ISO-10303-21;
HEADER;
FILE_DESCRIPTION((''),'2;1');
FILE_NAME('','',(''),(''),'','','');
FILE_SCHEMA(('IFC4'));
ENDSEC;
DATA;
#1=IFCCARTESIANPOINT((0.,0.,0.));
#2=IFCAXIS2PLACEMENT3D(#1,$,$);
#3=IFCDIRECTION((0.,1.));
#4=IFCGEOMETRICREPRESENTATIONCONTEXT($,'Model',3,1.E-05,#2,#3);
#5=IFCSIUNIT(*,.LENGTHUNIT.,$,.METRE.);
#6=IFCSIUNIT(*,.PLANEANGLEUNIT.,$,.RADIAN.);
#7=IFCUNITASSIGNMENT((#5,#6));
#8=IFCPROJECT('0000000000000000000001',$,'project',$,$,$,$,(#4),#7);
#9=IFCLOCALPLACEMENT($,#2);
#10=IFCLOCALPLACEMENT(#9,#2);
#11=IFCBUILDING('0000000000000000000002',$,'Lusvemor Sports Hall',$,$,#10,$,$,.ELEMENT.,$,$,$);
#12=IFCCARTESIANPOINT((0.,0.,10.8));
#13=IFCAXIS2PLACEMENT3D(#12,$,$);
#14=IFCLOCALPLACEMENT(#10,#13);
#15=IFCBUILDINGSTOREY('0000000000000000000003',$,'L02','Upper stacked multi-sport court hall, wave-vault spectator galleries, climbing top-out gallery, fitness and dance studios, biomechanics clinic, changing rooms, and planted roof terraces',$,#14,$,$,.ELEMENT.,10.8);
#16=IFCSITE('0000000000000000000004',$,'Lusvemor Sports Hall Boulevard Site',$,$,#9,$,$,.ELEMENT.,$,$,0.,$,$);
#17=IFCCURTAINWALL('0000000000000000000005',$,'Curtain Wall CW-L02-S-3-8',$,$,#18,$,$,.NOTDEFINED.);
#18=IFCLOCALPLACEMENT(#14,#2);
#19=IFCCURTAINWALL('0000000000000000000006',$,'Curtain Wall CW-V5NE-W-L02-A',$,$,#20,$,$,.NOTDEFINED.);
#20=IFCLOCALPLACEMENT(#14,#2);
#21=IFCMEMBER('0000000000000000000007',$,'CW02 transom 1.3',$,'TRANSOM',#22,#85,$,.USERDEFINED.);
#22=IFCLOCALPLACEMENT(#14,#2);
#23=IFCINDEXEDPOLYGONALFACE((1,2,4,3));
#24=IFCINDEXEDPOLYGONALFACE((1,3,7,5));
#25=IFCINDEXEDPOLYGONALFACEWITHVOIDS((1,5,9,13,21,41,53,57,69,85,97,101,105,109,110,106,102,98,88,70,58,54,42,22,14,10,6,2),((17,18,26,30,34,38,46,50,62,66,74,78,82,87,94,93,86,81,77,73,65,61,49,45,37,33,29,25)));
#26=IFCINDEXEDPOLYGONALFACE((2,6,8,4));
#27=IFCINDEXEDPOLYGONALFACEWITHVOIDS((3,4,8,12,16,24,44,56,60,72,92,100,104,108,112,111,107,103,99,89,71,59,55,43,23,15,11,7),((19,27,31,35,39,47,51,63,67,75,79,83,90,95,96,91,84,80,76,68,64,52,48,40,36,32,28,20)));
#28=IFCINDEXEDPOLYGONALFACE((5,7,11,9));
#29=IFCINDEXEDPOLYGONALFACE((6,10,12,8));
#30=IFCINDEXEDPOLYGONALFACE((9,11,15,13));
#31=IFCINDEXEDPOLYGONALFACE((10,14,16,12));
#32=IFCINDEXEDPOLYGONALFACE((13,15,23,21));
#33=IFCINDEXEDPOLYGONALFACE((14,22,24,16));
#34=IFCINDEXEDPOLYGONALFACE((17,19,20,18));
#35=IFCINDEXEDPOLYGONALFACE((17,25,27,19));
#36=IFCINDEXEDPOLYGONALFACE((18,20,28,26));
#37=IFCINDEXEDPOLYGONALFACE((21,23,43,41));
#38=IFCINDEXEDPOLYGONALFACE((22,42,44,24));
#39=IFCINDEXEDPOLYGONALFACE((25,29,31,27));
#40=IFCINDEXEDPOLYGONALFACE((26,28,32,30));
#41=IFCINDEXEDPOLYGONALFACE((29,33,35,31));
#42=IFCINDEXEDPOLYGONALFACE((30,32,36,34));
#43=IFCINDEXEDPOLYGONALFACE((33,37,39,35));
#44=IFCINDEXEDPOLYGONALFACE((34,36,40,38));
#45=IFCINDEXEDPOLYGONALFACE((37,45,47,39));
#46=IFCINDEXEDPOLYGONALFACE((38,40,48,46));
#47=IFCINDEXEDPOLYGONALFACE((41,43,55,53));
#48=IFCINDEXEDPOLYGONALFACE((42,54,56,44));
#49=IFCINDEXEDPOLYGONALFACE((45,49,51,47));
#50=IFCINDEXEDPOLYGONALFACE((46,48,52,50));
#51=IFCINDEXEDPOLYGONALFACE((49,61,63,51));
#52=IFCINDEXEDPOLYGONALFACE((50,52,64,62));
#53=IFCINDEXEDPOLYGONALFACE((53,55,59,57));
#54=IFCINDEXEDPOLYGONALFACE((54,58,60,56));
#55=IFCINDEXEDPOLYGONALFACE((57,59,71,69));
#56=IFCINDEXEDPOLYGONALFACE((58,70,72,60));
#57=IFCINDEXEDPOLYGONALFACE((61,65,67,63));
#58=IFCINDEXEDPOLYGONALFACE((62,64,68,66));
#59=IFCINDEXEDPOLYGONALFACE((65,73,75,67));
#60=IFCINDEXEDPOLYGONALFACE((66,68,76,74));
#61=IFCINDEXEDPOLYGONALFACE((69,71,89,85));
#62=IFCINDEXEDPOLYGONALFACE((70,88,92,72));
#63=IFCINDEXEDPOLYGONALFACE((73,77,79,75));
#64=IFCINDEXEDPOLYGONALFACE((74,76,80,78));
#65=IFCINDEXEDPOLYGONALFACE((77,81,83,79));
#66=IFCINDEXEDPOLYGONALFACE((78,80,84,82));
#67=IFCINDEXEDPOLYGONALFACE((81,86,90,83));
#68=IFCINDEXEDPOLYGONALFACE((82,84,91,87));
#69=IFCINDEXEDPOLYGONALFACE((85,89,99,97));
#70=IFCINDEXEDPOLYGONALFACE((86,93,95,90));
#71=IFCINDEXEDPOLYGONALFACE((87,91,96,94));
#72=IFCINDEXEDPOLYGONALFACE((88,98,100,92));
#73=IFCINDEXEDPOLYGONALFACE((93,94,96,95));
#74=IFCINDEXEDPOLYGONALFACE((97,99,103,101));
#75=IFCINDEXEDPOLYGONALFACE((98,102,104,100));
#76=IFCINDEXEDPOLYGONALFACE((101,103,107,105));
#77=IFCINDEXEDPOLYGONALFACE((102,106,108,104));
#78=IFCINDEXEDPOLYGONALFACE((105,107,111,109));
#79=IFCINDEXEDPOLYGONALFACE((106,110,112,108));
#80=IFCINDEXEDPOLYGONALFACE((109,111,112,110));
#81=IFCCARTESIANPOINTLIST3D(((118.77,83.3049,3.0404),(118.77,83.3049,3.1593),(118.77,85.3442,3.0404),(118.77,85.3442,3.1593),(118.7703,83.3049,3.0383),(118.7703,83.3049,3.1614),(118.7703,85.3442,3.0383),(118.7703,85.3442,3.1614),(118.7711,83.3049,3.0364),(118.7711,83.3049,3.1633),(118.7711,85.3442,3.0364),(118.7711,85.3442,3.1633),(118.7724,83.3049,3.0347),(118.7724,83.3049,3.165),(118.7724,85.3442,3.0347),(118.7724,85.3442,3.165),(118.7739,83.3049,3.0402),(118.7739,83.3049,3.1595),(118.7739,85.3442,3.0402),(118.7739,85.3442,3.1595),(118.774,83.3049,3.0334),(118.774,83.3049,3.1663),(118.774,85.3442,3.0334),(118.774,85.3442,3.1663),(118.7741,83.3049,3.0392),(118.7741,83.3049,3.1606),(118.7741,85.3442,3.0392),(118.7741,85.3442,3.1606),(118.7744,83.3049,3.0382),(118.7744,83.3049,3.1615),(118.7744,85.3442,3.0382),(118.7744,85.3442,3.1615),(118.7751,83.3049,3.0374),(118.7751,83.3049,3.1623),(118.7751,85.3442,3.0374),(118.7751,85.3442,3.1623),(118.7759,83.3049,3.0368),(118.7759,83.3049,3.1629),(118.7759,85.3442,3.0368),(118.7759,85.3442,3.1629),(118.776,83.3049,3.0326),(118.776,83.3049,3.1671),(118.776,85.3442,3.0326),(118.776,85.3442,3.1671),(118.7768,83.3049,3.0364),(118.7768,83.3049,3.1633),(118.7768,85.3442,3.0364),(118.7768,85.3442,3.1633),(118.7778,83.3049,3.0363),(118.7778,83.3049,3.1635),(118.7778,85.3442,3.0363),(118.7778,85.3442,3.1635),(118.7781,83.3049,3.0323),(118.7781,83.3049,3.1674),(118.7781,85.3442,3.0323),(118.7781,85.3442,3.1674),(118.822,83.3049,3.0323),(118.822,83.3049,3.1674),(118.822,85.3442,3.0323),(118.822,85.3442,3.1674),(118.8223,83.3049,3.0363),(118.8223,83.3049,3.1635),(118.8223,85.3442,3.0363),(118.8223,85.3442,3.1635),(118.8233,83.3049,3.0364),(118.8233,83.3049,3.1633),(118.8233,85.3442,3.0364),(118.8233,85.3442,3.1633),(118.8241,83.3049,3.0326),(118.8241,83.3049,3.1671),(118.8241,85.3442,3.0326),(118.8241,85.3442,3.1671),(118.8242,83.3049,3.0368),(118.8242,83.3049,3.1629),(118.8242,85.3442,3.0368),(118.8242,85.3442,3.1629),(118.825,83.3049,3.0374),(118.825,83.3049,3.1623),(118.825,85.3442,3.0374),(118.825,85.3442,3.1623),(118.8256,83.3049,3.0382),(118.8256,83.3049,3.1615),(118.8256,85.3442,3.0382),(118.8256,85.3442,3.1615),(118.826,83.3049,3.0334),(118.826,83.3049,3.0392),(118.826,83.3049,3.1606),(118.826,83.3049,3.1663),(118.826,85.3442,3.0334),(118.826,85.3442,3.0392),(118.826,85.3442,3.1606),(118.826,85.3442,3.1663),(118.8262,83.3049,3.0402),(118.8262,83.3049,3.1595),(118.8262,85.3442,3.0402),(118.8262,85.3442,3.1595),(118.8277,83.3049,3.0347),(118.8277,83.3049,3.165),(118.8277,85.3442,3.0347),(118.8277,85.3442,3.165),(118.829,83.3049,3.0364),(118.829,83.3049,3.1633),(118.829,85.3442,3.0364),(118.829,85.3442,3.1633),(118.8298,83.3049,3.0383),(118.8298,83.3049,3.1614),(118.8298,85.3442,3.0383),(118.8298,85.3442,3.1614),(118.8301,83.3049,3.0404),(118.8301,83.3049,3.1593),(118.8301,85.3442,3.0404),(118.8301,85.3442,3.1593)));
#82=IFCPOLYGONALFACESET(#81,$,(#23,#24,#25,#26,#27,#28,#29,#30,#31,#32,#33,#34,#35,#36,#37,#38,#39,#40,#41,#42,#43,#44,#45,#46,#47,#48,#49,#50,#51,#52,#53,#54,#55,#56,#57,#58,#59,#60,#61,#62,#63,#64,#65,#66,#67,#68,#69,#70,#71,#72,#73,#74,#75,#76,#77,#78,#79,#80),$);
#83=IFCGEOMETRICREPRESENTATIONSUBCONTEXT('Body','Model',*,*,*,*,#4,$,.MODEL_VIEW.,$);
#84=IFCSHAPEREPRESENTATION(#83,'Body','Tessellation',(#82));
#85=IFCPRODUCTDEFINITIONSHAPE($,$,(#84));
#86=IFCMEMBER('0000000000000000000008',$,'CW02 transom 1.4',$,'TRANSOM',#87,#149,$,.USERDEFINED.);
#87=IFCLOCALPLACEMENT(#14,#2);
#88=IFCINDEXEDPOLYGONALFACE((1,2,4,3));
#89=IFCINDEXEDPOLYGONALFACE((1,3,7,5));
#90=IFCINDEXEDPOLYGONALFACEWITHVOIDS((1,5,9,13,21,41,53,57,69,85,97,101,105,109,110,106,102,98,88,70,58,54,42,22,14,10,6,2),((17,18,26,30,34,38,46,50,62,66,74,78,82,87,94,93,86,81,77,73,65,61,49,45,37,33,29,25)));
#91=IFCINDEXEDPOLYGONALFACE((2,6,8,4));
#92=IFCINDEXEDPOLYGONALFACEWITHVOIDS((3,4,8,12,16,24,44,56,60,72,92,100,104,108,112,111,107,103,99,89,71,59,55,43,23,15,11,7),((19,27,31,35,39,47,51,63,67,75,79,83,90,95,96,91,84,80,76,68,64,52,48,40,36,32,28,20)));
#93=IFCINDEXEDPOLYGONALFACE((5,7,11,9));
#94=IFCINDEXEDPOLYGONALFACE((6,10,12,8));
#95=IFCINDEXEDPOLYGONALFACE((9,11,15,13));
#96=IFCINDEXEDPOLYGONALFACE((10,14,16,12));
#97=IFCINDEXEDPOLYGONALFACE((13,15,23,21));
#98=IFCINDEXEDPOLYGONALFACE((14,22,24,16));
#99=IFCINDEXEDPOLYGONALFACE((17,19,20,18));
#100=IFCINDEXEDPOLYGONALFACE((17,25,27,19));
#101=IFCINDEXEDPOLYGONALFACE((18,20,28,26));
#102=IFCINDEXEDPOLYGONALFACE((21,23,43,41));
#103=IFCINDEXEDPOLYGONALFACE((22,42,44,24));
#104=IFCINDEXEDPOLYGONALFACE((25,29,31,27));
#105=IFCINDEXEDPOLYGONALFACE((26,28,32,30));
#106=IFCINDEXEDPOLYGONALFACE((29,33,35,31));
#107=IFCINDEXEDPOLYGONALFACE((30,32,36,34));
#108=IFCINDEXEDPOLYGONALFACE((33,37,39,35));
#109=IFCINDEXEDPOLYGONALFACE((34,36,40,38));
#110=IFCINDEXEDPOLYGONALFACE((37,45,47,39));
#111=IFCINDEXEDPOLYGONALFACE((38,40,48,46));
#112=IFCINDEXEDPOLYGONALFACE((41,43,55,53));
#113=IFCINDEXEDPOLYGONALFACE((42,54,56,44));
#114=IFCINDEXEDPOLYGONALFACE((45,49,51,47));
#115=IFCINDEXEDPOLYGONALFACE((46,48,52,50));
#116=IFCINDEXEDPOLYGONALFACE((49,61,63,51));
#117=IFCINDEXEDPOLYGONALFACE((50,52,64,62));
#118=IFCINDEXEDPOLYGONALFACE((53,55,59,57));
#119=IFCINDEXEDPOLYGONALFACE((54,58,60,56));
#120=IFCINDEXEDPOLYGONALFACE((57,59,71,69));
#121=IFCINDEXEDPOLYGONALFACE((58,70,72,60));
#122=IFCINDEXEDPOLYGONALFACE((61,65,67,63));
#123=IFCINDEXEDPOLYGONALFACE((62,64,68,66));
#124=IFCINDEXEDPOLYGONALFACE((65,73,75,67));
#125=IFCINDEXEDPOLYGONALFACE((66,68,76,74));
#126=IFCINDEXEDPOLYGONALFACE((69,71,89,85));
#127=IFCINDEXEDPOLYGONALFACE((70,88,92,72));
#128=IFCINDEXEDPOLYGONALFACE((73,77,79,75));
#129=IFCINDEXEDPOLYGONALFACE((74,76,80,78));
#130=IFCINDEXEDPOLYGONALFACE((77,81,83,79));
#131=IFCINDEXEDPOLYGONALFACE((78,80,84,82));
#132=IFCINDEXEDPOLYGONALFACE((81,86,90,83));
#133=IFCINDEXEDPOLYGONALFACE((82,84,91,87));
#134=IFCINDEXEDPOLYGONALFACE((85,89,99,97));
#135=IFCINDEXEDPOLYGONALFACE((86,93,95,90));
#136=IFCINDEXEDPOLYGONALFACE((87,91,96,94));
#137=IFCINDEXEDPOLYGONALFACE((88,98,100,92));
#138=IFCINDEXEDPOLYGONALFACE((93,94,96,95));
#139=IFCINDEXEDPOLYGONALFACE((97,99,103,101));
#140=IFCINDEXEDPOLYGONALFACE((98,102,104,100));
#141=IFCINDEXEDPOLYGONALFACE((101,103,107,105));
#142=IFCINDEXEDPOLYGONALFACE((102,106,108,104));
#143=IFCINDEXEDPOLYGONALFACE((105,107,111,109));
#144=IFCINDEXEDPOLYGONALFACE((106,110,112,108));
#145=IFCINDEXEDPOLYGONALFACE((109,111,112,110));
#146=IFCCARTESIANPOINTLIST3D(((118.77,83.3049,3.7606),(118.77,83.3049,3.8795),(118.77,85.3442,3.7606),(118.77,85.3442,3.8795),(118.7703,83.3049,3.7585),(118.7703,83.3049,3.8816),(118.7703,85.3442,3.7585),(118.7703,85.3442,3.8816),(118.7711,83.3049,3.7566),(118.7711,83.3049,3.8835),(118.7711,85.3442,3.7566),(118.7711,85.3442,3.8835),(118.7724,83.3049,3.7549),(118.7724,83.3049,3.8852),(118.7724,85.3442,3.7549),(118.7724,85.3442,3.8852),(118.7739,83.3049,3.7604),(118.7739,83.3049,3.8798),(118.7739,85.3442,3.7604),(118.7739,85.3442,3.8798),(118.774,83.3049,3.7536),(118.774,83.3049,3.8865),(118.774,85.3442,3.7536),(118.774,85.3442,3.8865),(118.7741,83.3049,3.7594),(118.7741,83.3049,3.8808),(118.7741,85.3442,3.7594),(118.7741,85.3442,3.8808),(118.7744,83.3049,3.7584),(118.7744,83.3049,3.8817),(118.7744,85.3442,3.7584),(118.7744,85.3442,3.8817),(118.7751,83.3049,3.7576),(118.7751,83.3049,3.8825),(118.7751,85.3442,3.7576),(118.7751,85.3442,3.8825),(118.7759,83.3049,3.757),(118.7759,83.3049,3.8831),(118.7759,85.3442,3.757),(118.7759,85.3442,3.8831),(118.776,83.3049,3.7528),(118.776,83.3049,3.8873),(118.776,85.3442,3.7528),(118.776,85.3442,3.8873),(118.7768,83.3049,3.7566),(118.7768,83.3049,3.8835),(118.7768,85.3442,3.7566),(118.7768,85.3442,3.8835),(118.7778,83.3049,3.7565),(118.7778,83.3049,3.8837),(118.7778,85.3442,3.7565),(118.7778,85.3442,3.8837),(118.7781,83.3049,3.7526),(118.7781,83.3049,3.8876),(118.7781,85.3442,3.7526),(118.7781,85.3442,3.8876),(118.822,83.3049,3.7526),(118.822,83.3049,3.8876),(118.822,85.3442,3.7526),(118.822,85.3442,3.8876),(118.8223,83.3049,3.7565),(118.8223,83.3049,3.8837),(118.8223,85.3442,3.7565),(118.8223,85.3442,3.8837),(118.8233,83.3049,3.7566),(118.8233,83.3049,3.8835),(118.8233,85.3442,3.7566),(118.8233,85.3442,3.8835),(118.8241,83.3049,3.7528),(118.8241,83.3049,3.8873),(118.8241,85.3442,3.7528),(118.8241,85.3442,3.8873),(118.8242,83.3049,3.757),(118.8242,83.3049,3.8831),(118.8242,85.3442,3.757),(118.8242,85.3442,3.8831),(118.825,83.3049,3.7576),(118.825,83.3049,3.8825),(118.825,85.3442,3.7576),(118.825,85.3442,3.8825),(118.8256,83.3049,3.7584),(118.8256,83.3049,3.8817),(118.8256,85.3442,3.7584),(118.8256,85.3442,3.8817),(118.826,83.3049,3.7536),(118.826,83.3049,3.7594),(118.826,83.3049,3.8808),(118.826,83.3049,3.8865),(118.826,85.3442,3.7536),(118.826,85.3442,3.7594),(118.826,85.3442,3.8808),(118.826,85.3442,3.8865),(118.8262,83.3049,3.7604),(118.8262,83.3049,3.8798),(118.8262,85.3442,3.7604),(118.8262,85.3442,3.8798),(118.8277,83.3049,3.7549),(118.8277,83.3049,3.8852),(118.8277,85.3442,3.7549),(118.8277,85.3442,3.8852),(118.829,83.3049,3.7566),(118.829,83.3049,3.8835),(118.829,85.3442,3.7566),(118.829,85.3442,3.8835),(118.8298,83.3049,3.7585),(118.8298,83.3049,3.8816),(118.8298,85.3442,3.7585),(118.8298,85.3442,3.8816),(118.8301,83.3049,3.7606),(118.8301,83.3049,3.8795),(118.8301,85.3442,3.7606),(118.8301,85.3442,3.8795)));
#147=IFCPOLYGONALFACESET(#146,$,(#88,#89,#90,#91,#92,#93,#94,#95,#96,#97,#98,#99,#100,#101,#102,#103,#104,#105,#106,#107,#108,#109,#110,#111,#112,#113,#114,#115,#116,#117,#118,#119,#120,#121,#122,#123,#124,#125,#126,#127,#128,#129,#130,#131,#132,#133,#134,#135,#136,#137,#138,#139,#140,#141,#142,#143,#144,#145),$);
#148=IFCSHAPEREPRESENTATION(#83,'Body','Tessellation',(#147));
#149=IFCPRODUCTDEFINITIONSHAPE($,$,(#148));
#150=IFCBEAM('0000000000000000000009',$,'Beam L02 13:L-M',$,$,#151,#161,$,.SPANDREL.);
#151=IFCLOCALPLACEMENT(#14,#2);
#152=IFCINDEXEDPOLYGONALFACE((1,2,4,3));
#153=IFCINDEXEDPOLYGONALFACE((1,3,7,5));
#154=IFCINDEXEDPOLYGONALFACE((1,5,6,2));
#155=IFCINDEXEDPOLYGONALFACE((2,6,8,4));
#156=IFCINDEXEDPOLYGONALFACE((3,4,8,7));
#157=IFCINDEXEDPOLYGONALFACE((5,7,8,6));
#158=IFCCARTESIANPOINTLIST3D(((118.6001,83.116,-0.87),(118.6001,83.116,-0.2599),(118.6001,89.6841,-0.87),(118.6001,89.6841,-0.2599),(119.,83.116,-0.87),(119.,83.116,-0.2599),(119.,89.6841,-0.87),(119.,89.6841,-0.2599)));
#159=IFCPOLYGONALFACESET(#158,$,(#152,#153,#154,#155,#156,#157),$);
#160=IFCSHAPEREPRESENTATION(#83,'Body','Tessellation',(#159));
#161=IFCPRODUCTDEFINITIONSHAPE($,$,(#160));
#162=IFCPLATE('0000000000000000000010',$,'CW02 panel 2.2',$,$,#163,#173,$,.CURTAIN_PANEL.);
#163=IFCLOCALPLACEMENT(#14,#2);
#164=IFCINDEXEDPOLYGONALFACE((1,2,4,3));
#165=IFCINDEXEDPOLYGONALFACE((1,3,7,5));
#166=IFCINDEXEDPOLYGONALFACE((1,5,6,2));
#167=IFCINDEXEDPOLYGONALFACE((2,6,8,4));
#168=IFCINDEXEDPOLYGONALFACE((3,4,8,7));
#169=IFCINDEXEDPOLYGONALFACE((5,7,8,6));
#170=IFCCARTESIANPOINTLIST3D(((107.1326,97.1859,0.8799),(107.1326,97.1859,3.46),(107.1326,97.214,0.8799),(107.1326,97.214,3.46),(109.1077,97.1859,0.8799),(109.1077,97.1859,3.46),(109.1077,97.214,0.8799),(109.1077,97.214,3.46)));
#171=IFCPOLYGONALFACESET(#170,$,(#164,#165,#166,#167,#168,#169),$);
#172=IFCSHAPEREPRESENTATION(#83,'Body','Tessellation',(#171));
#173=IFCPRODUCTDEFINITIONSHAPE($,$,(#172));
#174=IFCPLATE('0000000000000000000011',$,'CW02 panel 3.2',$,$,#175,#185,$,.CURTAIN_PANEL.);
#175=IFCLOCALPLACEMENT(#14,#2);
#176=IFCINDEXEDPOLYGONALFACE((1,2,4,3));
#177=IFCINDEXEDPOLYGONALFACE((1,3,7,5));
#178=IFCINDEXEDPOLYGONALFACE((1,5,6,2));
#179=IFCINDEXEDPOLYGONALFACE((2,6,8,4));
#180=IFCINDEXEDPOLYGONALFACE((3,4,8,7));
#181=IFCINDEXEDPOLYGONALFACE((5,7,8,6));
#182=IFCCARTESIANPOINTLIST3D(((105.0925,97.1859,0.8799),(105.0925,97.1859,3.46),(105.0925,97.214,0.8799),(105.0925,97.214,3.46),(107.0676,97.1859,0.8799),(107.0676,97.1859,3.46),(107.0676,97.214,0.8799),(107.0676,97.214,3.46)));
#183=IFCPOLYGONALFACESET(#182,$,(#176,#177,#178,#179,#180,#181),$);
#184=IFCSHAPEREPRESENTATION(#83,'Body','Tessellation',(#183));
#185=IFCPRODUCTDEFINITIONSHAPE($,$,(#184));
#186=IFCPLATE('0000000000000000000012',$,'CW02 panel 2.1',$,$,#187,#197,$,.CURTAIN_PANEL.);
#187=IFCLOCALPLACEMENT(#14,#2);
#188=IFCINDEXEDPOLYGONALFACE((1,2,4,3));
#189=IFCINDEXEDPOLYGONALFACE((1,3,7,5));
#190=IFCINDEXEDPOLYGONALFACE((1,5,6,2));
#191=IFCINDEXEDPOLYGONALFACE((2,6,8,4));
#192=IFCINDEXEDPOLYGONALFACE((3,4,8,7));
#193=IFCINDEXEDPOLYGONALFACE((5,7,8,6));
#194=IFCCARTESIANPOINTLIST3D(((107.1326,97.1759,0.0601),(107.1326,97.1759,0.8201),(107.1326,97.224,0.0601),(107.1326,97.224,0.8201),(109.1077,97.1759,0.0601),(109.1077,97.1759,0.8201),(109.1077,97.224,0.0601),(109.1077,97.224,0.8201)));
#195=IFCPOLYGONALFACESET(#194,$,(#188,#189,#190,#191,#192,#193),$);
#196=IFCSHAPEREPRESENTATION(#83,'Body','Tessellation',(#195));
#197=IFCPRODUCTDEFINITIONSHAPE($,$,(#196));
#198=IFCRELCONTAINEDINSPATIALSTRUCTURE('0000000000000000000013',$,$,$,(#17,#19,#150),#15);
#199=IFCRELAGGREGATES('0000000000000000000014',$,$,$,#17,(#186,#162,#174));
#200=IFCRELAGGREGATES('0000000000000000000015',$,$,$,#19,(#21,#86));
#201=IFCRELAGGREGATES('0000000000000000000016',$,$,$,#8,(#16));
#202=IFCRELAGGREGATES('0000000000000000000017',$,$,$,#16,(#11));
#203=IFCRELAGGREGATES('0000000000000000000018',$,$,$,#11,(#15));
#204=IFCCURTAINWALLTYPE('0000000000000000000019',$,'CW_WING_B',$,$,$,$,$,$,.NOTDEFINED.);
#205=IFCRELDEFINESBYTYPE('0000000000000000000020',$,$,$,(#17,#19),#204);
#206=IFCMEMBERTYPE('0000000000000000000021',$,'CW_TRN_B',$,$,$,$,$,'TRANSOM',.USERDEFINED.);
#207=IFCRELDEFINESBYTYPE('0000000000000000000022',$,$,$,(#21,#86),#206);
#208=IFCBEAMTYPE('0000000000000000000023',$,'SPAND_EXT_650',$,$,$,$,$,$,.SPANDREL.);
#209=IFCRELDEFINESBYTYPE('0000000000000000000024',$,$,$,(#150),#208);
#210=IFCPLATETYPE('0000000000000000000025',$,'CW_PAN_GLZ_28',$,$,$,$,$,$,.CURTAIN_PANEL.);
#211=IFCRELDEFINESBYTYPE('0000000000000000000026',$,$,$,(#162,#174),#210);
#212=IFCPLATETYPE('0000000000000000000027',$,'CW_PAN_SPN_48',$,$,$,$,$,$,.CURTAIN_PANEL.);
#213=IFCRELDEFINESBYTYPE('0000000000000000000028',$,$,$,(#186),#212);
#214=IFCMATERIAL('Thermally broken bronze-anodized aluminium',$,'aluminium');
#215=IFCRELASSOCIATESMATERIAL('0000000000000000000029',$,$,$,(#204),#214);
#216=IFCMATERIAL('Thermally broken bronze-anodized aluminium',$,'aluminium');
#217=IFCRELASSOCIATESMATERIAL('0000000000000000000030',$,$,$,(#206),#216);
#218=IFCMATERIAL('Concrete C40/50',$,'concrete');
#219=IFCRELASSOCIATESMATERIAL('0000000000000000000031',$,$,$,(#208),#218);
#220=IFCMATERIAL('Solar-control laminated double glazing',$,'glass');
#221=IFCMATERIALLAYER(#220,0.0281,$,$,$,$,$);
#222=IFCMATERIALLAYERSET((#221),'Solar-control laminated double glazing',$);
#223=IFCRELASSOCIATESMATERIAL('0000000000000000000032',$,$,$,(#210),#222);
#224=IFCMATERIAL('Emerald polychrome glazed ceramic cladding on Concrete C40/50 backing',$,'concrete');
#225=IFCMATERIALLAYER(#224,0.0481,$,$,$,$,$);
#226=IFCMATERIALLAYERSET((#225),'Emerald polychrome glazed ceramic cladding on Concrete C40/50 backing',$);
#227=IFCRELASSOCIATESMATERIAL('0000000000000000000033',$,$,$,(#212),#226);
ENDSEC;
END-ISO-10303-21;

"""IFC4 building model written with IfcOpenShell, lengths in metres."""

from ifc_helpers import new_model, si_unit, direction, frame, origin, origin_2d, place, context, subcontext, project, spatial, rectangle, hollow_rectangle, extrude, material, layer, layer_set, material_profile, profile_set, type_object, element, aggregate, save


model = new_model("IFC4")

# Units and contexts
model_context = context("Model", 3, precision=1e-05, world=origin(), true_north=direction((0.0, 1.0)))
body_context = subcontext(model_context, "Body", "Model", "MODEL_VIEW")
ifc_project = project(units=[si_unit("LENGTHUNIT", "METRE"), si_unit("PLANEANGLEUNIT", "RADIAN")], contexts=[model_context])

# Site, building, storey
site_placement = place(None, origin())
site = spatial("IfcSite", under=ifc_project, at=site_placement, Name="Lusvemor Sports Hall Boulevard Site", CompositionType="ELEMENT", RefElevation=0.0)
building_placement = place(site_placement, origin())
building = spatial("IfcBuilding", under=site, at=building_placement, Name="Lusvemor Sports Hall", CompositionType="ELEMENT")
storey_placement = place(building_placement, frame((0.0, 0.0, 10.8)))
storey = spatial("IfcBuildingStorey", under=building, at=storey_placement, Name="L02", Description="Upper stacked multi-sport court hall, wave-vault spectator galleries, climbing top-out gallery, fitness and dance studios, biomechanics clinic, changing rooms, and planted roof terraces", CompositionType="ELEMENT", Elevation=10.8)

# Curtain walls
ifc_material_1 = material(Name="Thermally broken bronze-anodized aluminium", Category="aluminium")
curtain_wall_type = type_object("IfcCurtainWallType", Name="CW_WING_B", PredefinedType="NOTDEFINED", material=ifc_material_1)
curtain_wall_1_placement = place(storey_placement, origin())
curtain_wall_1 = element("IfcCurtainWall", 1, at=curtain_wall_1_placement, inside=storey, type_object=curtain_wall_type, Name="Curtain Wall CW-L02-S-3-8", PredefinedType="NOTDEFINED")
curtain_wall_2_placement = place(storey_placement, origin())
curtain_wall_2 = element("IfcCurtainWall", 2, at=curtain_wall_2_placement, inside=storey, type_object=curtain_wall_type, Name="Curtain Wall CW-V5NE-W-L02-A", PredefinedType="NOTDEFINED")

# Members
ifc_material_2 = material(Name="Thermally broken bronze-anodized aluminium", Category="aluminium")
ifc_material_profile_1 = material_profile(ifc_material_2, hollow_rectangle(XDim=0.0601, YDim=0.135, WallThickness=0.0039, InnerFilletRadius=0.0039, OuterFilletRadius=0.0081, at=origin_2d()), Name="CWTRN135x60x4")
ifc_profile_set_1 = profile_set([ifc_material_profile_1], Name="Thermally broken bronze-anodized aluminium")
member_type_1 = type_object("IfcMemberType", Name="CW_TRN_B", ElementType="TRANSOM", PredefinedType="USERDEFINED", material=ifc_profile_set_1)
member_1_placement = place(storey_placement, frame((118.8, 83.3049, 3.0999), z_axis=(0.0, 1.0, 0.0), x_axis=(-1.0, 0.0, 0.0)))
member_1 = element("IfcMember", 3, at=member_1_placement, type_object=member_type_1, Name="CW02 transom 1.3", ObjectType="TRANSOM", PredefinedType="USERDEFINED", context=body_context, shape_type="SweptSolid", body=[
    extrude(hollow_rectangle(XDim=0.0601, YDim=0.135, WallThickness=0.0039, InnerFilletRadius=0.0039, OuterFilletRadius=0.0081, at=origin_2d()), origin(), (0.0, 0.0, 1.0), 2.0393),
])
member_2_placement = place(storey_placement, frame((118.8, 83.3049, 3.8201), z_axis=(0.0, 1.0, 0.0), x_axis=(-1.0, 0.0, 0.0)))
member_2 = element("IfcMember", 4, at=member_2_placement, type_object=member_type_1, Name="CW02 transom 1.4", ObjectType="TRANSOM", PredefinedType="USERDEFINED", context=body_context, shape_type="SweptSolid", body=[
    extrude(hollow_rectangle(XDim=0.0601, YDim=0.135, WallThickness=0.0039, InnerFilletRadius=0.0039, OuterFilletRadius=0.0081, at=origin_2d()), origin(), (0.0, 0.0, 1.0), 2.0393),
])

# Beam
ifc_material_3 = material(Name="Concrete C40/50", Category="concrete")
ifc_material_profile_2 = material_profile(ifc_material_3, rectangle(XDim=0.3999, YDim=0.6101, at=origin_2d()), Name="RC400x610")
ifc_profile_set_2 = profile_set([ifc_material_profile_2], Name="Concrete C40/50")
beam_type = type_object("IfcBeamType", Name="SPAND_EXT_650", PredefinedType="SPANDREL", material=ifc_profile_set_2)
beam_placement = place(storey_placement, frame((118.8, 83.116, -0.5649), z_axis=(0.0, 1.0, 0.0), x_axis=(-1.0, 0.0, 0.0)))
element("IfcBeam", 5, at=beam_placement, inside=storey, type_object=beam_type, Name="Beam L02 13:L-M", PredefinedType="SPANDREL", context=body_context, shape_type="SweptSolid", body=[
    extrude(rectangle(XDim=0.3999, YDim=0.6101, at=origin_2d()), origin(), (0.0, 0.0, 1.0), 6.5681),
])

# Plates
ifc_material_4 = material(Name="Solar-control laminated double glazing", Category="glass")
ifc_layer_1 = layer(ifc_material_4, 0.0281)
ifc_layer_set_1 = layer_set([ifc_layer_1], Name="Solar-control laminated double glazing")
plate_type_1 = type_object("IfcPlateType", Name="CW_PAN_GLZ_28", PredefinedType="CURTAIN_PANEL", material=ifc_layer_set_1)
plate_1_placement = place(storey_placement, frame((108.1201, 97.2, 0.8799), z_axis=(0.0, 0.0, 1.0), x_axis=(-1.0, 0.0, 0.0)))
plate_1 = element("IfcPlate", 6, at=plate_1_placement, type_object=plate_type_1, Name="CW02 panel 2.2", PredefinedType="CURTAIN_PANEL", context=body_context, shape_type="SweptSolid", body=[
    extrude(rectangle(XDim=1.9751, YDim=0.0281, at=origin_2d()), origin(), (0.0, 0.0, 1.0), 2.5801),
])
plate_2_placement = place(storey_placement, frame((106.0801, 97.2, 0.8799), z_axis=(0.0, 0.0, 1.0), x_axis=(-1.0, 0.0, 0.0)))
plate_2 = element("IfcPlate", 7, at=plate_2_placement, type_object=plate_type_1, Name="CW02 panel 3.2", PredefinedType="CURTAIN_PANEL", context=body_context, shape_type="SweptSolid", body=[
    extrude(rectangle(XDim=1.9751, YDim=0.0281, at=origin_2d()), origin(), (0.0, 0.0, 1.0), 2.5801),
])
ifc_material_5 = material(Name="Emerald polychrome glazed ceramic cladding on Concrete C40/50 backing", Category="concrete")
ifc_layer_2 = layer(ifc_material_5, 0.0481)
ifc_layer_set_2 = layer_set([ifc_layer_2], Name="Emerald polychrome glazed ceramic cladding on Concrete C40/50 backing")
plate_type_2 = type_object("IfcPlateType", Name="CW_PAN_SPN_48", PredefinedType="CURTAIN_PANEL", material=ifc_layer_set_2)
plate_3_placement = place(storey_placement, frame((108.1201, 97.2, 0.0601), z_axis=(0.0, 0.0, 1.0), x_axis=(-1.0, 0.0, 0.0)))
plate_3 = element("IfcPlate", 8, at=plate_3_placement, type_object=plate_type_2, Name="CW02 panel 2.1", PredefinedType="CURTAIN_PANEL", context=body_context, shape_type="SweptSolid", body=[
    extrude(rectangle(XDim=1.9751, YDim=0.0481, at=origin_2d()), origin(), (0.0, 0.0, 1.0), 0.76),
])
aggregate(curtain_wall_1, [plate_3, plate_1, plate_2])
aggregate(curtain_wall_2, [member_1, member_2])

save(model, "model.ifc")
